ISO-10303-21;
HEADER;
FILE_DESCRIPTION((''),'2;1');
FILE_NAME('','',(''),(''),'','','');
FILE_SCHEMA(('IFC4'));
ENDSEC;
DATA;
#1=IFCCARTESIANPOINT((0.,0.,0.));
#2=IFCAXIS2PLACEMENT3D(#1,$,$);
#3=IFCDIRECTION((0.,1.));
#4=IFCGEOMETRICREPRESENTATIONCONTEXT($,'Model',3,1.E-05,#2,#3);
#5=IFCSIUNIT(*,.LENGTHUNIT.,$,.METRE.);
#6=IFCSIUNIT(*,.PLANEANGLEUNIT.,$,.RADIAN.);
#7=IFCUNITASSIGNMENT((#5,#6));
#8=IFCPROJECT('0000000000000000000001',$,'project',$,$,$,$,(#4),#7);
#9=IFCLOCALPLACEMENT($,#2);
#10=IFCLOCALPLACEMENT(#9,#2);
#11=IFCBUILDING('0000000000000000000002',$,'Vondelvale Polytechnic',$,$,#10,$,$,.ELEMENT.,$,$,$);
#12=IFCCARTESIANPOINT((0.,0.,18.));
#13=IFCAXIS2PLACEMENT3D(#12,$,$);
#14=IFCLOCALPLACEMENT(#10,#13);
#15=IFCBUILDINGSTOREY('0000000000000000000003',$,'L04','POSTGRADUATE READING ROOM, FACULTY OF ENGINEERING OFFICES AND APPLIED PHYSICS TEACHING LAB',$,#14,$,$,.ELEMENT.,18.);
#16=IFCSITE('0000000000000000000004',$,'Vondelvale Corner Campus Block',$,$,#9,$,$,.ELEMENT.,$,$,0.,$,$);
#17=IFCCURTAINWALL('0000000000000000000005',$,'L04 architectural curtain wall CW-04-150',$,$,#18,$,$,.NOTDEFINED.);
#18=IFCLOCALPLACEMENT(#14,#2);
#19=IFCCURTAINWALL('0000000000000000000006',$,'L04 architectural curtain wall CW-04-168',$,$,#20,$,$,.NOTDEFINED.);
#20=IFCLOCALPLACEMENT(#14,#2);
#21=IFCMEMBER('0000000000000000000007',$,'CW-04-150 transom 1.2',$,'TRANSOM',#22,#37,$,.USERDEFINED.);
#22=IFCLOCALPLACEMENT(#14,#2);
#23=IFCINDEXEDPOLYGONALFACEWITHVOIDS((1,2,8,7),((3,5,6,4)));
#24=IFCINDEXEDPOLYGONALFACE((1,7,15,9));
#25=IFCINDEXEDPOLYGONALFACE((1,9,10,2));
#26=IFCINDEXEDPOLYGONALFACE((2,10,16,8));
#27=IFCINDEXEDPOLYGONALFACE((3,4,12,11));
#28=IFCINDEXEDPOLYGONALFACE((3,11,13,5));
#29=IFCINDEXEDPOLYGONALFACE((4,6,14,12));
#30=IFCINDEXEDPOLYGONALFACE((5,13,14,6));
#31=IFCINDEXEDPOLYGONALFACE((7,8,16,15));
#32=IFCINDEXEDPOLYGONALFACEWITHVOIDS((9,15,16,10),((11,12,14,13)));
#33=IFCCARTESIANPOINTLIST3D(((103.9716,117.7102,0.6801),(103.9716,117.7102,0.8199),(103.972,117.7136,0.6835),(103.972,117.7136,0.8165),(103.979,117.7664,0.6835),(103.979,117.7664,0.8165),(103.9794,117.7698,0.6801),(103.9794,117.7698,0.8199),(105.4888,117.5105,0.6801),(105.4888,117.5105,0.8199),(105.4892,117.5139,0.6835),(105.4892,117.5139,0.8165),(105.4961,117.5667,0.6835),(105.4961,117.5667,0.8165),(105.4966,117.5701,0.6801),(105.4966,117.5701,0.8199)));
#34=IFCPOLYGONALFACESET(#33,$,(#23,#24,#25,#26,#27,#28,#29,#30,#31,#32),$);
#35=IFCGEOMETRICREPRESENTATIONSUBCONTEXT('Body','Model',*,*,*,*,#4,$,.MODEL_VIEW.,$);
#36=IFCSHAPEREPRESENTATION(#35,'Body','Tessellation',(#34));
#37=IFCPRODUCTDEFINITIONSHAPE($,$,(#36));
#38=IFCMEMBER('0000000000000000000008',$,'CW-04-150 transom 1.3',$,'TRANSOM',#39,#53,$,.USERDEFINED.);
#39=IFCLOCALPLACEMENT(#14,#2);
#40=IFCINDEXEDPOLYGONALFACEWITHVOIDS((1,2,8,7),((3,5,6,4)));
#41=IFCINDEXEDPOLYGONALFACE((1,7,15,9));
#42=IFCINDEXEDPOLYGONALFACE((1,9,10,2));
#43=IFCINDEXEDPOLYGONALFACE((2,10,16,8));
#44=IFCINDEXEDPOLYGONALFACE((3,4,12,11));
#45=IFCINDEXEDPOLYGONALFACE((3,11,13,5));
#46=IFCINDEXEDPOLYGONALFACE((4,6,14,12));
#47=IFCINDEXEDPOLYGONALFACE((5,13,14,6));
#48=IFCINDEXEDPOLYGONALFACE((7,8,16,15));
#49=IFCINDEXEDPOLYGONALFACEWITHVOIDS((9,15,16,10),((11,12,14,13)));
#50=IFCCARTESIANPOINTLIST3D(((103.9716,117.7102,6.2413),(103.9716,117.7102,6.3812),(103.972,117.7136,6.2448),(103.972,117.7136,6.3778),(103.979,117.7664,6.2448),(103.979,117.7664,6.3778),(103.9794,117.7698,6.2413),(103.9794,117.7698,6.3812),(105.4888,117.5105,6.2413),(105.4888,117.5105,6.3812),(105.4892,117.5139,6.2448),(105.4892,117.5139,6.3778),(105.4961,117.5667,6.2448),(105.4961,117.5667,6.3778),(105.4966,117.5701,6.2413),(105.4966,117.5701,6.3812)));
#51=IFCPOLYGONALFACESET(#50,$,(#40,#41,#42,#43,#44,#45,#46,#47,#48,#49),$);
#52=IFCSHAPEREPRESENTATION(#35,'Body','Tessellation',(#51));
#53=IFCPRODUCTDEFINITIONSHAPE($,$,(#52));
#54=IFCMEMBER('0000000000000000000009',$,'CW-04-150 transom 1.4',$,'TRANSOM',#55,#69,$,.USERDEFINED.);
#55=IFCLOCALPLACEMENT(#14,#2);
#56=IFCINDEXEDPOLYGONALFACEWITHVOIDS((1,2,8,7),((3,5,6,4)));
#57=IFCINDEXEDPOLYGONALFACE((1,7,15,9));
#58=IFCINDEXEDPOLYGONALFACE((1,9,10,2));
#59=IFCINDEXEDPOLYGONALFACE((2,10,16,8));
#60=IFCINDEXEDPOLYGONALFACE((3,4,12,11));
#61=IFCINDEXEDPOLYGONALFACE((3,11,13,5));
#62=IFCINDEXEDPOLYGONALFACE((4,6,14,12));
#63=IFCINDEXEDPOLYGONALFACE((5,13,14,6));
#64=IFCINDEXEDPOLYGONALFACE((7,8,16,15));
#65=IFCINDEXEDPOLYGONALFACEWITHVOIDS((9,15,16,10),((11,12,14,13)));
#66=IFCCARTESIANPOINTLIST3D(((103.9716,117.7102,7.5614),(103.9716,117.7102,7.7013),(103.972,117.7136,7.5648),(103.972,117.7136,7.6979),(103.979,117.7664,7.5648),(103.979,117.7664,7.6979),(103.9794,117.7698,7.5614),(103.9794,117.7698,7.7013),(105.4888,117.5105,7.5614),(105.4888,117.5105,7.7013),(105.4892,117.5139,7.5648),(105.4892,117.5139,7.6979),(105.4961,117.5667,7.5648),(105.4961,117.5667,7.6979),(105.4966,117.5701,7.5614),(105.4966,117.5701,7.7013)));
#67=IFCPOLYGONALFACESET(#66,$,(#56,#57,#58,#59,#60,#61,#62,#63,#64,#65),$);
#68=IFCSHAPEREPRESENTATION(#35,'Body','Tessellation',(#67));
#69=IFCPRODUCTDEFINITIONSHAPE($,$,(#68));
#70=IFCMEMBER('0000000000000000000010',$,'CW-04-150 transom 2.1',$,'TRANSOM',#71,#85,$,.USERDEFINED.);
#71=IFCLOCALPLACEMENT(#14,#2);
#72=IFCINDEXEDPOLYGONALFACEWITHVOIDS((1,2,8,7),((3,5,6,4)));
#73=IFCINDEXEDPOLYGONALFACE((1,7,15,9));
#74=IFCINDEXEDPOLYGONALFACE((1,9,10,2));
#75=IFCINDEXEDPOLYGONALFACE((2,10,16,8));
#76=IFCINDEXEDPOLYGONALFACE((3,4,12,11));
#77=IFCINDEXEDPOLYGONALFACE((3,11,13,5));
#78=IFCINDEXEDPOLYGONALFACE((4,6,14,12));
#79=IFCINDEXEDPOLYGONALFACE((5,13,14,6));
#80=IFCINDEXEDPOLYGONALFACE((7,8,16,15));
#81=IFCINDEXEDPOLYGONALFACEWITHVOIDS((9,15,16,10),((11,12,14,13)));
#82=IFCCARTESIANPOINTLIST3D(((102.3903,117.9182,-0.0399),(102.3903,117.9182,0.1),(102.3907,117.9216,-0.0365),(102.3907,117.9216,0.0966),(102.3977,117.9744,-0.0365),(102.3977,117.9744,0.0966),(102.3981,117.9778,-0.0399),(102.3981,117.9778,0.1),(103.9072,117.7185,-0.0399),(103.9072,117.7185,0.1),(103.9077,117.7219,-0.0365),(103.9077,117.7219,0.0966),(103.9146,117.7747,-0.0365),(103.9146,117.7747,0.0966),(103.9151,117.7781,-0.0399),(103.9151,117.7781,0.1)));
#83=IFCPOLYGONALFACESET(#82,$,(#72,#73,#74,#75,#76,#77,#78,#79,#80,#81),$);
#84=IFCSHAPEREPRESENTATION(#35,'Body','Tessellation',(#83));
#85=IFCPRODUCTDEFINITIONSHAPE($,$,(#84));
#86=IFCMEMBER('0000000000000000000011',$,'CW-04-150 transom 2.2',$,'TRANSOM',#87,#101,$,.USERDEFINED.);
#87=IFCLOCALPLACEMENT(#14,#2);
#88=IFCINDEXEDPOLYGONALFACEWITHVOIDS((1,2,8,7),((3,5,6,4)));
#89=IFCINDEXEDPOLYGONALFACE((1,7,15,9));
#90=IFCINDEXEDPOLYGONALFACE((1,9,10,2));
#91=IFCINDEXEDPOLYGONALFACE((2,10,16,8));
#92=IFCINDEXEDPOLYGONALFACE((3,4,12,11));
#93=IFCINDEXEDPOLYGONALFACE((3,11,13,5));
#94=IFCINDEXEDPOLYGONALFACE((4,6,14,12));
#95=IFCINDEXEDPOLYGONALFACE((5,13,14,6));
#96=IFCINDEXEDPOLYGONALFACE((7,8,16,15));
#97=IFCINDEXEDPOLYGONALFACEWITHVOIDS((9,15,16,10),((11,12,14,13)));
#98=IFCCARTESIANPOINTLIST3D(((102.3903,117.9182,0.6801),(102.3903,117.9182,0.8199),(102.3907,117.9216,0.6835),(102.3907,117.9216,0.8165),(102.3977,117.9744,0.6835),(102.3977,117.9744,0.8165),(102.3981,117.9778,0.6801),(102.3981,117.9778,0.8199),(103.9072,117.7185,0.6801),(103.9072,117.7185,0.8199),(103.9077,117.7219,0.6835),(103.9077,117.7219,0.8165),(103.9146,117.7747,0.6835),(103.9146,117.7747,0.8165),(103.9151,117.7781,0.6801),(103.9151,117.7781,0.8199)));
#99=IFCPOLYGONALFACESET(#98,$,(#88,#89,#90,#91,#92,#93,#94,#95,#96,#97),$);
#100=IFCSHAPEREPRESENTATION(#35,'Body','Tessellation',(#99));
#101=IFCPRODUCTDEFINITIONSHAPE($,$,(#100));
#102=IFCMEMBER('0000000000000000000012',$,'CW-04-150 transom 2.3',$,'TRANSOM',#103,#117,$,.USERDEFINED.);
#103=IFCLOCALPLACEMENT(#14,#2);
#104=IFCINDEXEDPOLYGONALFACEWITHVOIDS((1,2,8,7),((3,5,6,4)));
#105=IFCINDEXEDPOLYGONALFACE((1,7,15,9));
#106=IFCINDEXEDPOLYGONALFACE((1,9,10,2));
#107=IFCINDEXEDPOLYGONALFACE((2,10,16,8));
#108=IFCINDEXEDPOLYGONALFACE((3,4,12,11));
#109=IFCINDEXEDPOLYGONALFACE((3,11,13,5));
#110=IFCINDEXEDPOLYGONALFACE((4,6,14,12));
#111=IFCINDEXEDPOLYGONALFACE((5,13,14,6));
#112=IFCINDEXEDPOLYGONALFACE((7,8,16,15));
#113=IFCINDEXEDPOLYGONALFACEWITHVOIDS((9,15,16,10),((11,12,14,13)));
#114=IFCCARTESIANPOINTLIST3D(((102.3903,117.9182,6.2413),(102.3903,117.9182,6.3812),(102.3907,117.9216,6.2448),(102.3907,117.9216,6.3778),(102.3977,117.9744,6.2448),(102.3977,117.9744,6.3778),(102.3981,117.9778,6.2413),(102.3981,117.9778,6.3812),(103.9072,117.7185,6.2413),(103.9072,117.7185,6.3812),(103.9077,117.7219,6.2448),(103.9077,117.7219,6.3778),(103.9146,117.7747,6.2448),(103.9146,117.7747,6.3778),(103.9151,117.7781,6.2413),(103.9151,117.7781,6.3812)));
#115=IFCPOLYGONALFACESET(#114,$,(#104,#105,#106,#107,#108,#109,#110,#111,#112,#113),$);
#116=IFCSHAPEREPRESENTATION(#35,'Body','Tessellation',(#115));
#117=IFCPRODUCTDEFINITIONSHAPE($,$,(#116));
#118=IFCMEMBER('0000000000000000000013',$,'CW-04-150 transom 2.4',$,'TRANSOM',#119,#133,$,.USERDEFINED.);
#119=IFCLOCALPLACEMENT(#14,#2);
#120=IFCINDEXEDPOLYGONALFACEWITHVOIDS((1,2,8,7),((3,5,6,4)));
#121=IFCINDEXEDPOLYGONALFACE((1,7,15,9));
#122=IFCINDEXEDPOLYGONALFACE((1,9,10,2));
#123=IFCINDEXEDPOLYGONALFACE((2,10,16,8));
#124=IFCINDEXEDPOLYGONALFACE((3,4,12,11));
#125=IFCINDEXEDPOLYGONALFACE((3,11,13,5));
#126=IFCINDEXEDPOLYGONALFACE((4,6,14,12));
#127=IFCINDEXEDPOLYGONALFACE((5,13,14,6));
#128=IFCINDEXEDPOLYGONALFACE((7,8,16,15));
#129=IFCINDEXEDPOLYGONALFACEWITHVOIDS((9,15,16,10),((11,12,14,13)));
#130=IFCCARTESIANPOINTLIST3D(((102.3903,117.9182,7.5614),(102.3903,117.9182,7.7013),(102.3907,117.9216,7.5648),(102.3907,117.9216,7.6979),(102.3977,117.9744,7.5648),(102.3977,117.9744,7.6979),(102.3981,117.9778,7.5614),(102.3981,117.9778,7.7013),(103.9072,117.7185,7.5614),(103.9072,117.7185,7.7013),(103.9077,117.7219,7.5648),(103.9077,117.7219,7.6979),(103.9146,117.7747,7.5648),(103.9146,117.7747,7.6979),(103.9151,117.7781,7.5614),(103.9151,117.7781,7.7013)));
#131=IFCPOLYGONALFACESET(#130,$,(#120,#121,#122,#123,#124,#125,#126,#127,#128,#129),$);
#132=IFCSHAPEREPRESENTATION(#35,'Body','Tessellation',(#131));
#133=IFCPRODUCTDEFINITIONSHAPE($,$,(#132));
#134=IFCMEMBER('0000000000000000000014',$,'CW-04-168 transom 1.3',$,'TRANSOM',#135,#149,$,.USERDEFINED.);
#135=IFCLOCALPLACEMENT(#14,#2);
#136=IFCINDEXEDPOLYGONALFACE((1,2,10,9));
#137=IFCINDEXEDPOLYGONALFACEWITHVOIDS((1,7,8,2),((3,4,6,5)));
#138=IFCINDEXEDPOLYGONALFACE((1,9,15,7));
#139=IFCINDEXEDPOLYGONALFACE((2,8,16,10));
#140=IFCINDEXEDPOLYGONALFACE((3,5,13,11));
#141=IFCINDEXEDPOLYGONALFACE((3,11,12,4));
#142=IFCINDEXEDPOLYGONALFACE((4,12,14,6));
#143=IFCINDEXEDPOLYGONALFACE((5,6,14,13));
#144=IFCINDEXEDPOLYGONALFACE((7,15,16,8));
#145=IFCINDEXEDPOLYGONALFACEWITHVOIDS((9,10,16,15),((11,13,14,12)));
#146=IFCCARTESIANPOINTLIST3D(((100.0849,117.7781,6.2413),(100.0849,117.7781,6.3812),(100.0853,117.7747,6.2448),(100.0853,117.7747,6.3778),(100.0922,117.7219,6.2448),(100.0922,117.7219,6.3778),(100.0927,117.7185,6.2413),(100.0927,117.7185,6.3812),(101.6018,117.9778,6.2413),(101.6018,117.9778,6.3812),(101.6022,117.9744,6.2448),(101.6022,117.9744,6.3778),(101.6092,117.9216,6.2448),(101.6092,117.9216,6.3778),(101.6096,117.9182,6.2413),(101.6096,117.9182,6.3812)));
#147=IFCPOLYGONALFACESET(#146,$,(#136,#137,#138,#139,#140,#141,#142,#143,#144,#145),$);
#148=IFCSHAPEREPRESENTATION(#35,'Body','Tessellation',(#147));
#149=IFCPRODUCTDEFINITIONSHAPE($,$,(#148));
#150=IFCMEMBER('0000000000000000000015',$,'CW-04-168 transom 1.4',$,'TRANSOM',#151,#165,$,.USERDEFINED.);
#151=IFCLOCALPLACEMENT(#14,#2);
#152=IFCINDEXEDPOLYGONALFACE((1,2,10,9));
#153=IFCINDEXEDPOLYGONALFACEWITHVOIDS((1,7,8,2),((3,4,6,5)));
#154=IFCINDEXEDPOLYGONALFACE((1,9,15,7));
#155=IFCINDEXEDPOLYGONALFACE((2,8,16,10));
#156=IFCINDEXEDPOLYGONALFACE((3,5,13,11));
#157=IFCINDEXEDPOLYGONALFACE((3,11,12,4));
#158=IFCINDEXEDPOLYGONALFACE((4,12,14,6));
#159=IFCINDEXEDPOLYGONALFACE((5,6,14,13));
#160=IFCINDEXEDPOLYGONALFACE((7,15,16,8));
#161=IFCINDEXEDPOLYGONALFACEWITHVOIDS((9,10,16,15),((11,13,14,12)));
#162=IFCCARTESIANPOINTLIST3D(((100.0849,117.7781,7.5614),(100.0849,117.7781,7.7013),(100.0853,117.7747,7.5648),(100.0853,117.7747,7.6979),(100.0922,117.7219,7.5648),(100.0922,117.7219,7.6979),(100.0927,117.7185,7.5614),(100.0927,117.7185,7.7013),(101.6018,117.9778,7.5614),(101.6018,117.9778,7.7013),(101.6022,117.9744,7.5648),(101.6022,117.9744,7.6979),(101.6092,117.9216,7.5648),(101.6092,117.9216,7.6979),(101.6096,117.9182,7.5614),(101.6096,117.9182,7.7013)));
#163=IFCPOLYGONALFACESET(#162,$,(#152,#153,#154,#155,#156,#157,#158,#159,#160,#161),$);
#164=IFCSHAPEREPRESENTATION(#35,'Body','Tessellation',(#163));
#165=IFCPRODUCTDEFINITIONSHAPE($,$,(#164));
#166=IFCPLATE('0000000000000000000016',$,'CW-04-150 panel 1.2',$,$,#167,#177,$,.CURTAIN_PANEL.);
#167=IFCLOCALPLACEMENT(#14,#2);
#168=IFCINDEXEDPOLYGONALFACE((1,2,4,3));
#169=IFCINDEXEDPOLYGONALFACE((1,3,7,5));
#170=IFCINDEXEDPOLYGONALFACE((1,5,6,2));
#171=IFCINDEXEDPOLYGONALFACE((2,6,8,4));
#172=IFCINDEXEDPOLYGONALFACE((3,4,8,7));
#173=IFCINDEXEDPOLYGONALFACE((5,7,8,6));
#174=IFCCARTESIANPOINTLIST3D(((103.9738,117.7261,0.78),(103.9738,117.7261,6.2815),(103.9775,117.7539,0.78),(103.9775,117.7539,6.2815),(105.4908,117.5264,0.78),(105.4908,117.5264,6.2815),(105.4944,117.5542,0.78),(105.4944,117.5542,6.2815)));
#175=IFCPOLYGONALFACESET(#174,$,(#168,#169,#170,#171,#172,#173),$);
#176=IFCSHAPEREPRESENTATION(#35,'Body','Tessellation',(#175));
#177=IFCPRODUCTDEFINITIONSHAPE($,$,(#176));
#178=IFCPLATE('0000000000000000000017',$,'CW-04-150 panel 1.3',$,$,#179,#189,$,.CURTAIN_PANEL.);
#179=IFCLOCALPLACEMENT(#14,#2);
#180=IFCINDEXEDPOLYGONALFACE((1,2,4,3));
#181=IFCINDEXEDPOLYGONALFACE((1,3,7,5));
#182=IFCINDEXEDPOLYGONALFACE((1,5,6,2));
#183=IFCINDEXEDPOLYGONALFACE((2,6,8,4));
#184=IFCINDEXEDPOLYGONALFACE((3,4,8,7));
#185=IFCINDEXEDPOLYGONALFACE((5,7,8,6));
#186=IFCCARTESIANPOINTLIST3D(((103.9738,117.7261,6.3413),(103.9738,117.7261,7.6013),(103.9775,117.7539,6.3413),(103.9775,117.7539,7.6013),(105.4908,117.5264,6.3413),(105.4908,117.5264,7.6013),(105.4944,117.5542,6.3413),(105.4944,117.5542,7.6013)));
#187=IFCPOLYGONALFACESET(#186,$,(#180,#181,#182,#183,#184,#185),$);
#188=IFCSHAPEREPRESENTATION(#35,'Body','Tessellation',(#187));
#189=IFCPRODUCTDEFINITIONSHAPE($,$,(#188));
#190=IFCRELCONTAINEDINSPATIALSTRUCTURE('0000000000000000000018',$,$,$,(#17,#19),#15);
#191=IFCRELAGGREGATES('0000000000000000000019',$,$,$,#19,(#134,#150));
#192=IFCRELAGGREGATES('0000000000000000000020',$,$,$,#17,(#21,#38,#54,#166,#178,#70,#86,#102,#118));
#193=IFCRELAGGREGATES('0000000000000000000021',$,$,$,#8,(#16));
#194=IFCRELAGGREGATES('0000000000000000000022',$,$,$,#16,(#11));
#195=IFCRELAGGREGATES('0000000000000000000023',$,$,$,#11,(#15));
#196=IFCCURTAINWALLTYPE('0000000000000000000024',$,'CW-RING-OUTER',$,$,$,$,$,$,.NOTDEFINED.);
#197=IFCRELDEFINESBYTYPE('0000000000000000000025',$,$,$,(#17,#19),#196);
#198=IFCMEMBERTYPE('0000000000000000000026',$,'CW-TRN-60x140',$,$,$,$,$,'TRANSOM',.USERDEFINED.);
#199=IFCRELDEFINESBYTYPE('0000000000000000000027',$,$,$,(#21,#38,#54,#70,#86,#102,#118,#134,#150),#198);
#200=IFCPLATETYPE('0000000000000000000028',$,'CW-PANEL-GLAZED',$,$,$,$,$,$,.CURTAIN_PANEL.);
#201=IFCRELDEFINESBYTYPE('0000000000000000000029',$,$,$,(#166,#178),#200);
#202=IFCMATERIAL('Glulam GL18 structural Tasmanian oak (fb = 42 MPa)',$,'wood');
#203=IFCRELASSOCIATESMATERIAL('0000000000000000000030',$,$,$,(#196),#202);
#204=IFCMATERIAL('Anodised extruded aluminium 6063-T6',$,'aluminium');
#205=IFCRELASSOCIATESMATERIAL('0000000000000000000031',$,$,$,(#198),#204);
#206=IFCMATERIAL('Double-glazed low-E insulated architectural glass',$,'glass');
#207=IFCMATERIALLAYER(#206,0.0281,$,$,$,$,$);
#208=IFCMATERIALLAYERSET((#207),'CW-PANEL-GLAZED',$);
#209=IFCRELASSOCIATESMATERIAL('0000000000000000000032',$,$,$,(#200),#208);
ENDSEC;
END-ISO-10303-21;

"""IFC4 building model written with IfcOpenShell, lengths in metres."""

from ifc_helpers import new_model, si_unit, direction, frame, origin, origin_2d, place, context, subcontext, project, spatial, rectangle, hollow_rectangle, extrude, material, layer, layer_set, material_profile, profile_set, type_object, element, aggregate, save


model = new_model("IFC4")

# Units and contexts
model_context = context("Model", 3, precision=1e-05, world=origin(), true_north=direction((0.0, 1.0)))
body_context = subcontext(model_context, "Body", "Model", "MODEL_VIEW")
ifc_project = project(units=[si_unit("LENGTHUNIT", "METRE"), si_unit("PLANEANGLEUNIT", "RADIAN")], contexts=[model_context])

# Site, building, storey
site_placement = place(None, origin())
site = spatial("IfcSite", under=ifc_project, at=site_placement, Name="Vondelvale Corner Campus Block", CompositionType="ELEMENT", RefElevation=0.0)
building_placement = place(site_placement, origin())
building = spatial("IfcBuilding", under=site, at=building_placement, Name="Vondelvale Polytechnic", CompositionType="ELEMENT")
storey_placement = place(building_placement, frame((0.0, 0.0, 18.0)))
storey = spatial("IfcBuildingStorey", under=building, at=storey_placement, Name="L04", Description="POSTGRADUATE READING ROOM, FACULTY OF ENGINEERING OFFICES AND APPLIED PHYSICS TEACHING LAB", CompositionType="ELEMENT", Elevation=18.0)

# Shared definitions
ifc_material_1 = material(Name="Glulam GL18 structural Tasmanian oak (fb = 42 MPa)", Category="wood")

# Shared definitions
curtain_wall_type = type_object("IfcCurtainWallType", Name="CW-RING-OUTER", PredefinedType="NOTDEFINED", material=ifc_material_1)
ifc_material_2 = material(Name="Anodised extruded aluminium 6063-T6", Category="aluminium")

# Curtain wall
curtain_wall_1_placement = place(storey_placement, origin())
curtain_wall_1 = element("IfcCurtainWall", 1, at=curtain_wall_1_placement, inside=storey, type_object=curtain_wall_type, Name="L04 architectural curtain wall CW-04-150", PredefinedType="NOTDEFINED")

# Curtain wall
curtain_wall_2_placement = place(storey_placement, origin())
curtain_wall_2 = element("IfcCurtainWall", 2, at=curtain_wall_2_placement, inside=storey, type_object=curtain_wall_type, Name="L04 architectural curtain wall CW-04-168", PredefinedType="NOTDEFINED")

# Members
ifc_material_profile_1 = material_profile(ifc_material_2, hollow_rectangle(XDim=0.0601, YDim=0.1399, WallThickness=0.0034, at=origin_2d()), Name="CW-TRN-140x60")
ifc_profile_set_1 = profile_set([ifc_material_profile_1], Name="Anodised extruded aluminium 6063-T6")
member_type_1 = type_object("IfcMemberType", Name="CW-TRN-60x140", ElementType="TRANSOM", PredefinedType="USERDEFINED", material=ifc_profile_set_1)
member_1_placement = place(storey_placement, frame((105.4927, 117.5403, 0.75), z_axis=(-0.991447, 0.130512, 0.0), x_axis=(-0.130512, -0.991447, 0.0)))
member_1 = element("IfcMember", 3, at=member_1_placement, type_object=member_type_1, Name="CW-04-150 transom 1.2", ObjectType="TRANSOM", PredefinedType="USERDEFINED", context=body_context, shape_type="SweptSolid", body=[
    extrude(hollow_rectangle(XDim=0.0601, YDim=0.1399, WallThickness=0.0034, at=origin_2d()), origin(), (0.0, 0.0, 1.0), 1.5303),
])
member_2_placement = place(storey_placement, frame((105.4927, 117.5403, 6.3113), z_axis=(-0.991447, 0.130512, 0.0), x_axis=(-0.130512, -0.991447, 0.0)))
member_2 = element("IfcMember", 4, at=member_2_placement, type_object=member_type_1, Name="CW-04-150 transom 1.3", ObjectType="TRANSOM", PredefinedType="USERDEFINED", context=body_context, shape_type="SweptSolid", body=[
    extrude(hollow_rectangle(XDim=0.0601, YDim=0.1399, WallThickness=0.0034, at=origin_2d()), origin(), (0.0, 0.0, 1.0), 1.5303),
])
member_3_placement = place(storey_placement, frame((105.4927, 117.5403, 7.6313), z_axis=(-0.991447, 0.130512, 0.0), x_axis=(-0.130512, -0.991447, 0.0)))
member_3 = element("IfcMember", 5, at=member_3_placement, type_object=member_type_1, Name="CW-04-150 transom 1.4", ObjectType="TRANSOM", PredefinedType="USERDEFINED", context=body_context, shape_type="SweptSolid", body=[
    extrude(hollow_rectangle(XDim=0.0601, YDim=0.1399, WallThickness=0.0034, at=origin_2d()), origin(), (0.0, 0.0, 1.0), 1.5303),
])
member_4_placement = place(storey_placement, frame((103.9111, 117.7483, 0.03), z_axis=(-0.991444, 0.130533, 0.0), x_axis=(-0.130533, -0.991444, 0.0)))
member_4 = element("IfcMember", 6, at=member_4_placement, type_object=member_type_1, Name="CW-04-150 transom 2.1", ObjectType="TRANSOM", PredefinedType="USERDEFINED", context=body_context, shape_type="SweptSolid", body=[
    extrude(hollow_rectangle(XDim=0.0601, YDim=0.1399, WallThickness=0.0034, at=origin_2d()), origin(), (0.0, 0.0, 1.0), 1.53),
])
member_5_placement = place(storey_placement, frame((103.9111, 117.7483, 0.75), z_axis=(-0.991444, 0.130533, 0.0), x_axis=(-0.130533, -0.991444, 0.0)))
member_5 = element("IfcMember", 7, at=member_5_placement, type_object=member_type_1, Name="CW-04-150 transom 2.2", ObjectType="TRANSOM", PredefinedType="USERDEFINED", context=body_context, shape_type="SweptSolid", body=[
    extrude(hollow_rectangle(XDim=0.0601, YDim=0.1399, WallThickness=0.0034, at=origin_2d()), origin(), (0.0, 0.0, 1.0), 1.53),
])
member_6_placement = place(storey_placement, frame((103.9111, 117.7483, 6.3113), z_axis=(-0.991444, 0.130533, 0.0), x_axis=(-0.130533, -0.991444, 0.0)))
member_6 = element("IfcMember", 8, at=member_6_placement, type_object=member_type_1, Name="CW-04-150 transom 2.3", ObjectType="TRANSOM", PredefinedType="USERDEFINED", context=body_context, shape_type="SweptSolid", body=[
    extrude(hollow_rectangle(XDim=0.0601, YDim=0.1399, WallThickness=0.0034, at=origin_2d()), origin(), (0.0, 0.0, 1.0), 1.53),
])
member_7_placement = place(storey_placement, frame((103.9111, 117.7483, 7.6313), z_axis=(-0.991444, 0.130533, 0.0), x_axis=(-0.130533, -0.991444, 0.0)))
member_7 = element("IfcMember", 9, at=member_7_placement, type_object=member_type_1, Name="CW-04-150 transom 2.4", ObjectType="TRANSOM", PredefinedType="USERDEFINED", context=body_context, shape_type="SweptSolid", body=[
    extrude(hollow_rectangle(XDim=0.0601, YDim=0.1399, WallThickness=0.0034, at=origin_2d()), origin(), (0.0, 0.0, 1.0), 1.53),
])
member_8_placement = place(storey_placement, frame((101.6057, 117.948, 6.3113), z_axis=(-0.991444, -0.130533, 0.0), x_axis=(0.130533, -0.991444, 0.0)))
member_8 = element("IfcMember", 10, at=member_8_placement, type_object=member_type_1, Name="CW-04-168 transom 1.3", ObjectType="TRANSOM", PredefinedType="USERDEFINED", context=body_context, shape_type="SweptSolid", body=[
    extrude(hollow_rectangle(XDim=0.0601, YDim=0.1399, WallThickness=0.0034, at=origin_2d()), origin(), (0.0, 0.0, 1.0), 1.53),
])
member_9_placement = place(storey_placement, frame((101.6057, 117.948, 7.6313), z_axis=(-0.991444, -0.130533, 0.0), x_axis=(0.130533, -0.991444, 0.0)))
member_9 = element("IfcMember", 11, at=member_9_placement, type_object=member_type_1, Name="CW-04-168 transom 1.4", ObjectType="TRANSOM", PredefinedType="USERDEFINED", context=body_context, shape_type="SweptSolid", body=[
    extrude(hollow_rectangle(XDim=0.0601, YDim=0.1399, WallThickness=0.0034, at=origin_2d()), origin(), (0.0, 0.0, 1.0), 1.53),
])
aggregate(curtain_wall_2, [member_8, member_9])

# Plates
ifc_material_3 = material(Name="Double-glazed low-E insulated architectural glass", Category="glass")
ifc_layer_1 = layer(ifc_material_3, 0.0281)
ifc_layer_set_1 = layer_set([ifc_layer_1], Name="CW-PANEL-GLAZED")
plate_type_1 = type_object("IfcPlateType", Name="CW-PANEL-GLAZED", PredefinedType="CURTAIN_PANEL", material=ifc_layer_set_1)
plate_1_placement = place(storey_placement, frame((104.7341, 117.6401, 0.78), z_axis=(0.0, 0.0, 1.0), x_axis=(-0.991443, 0.13054, 0.0)))
plate_1 = element("IfcPlate", 12, at=plate_1_placement, type_object=plate_type_1, Name="CW-04-150 panel 1.2", PredefinedType="CURTAIN_PANEL", context=body_context, shape_type="SweptSolid", body=[
    extrude(rectangle(XDim=1.53, YDim=0.0281, at=origin_2d()), origin(), (0.0, 0.0, 1.0), 5.5015),
])
plate_2_placement = place(storey_placement, frame((104.7341, 117.6401, 6.3413), z_axis=(0.0, 0.0, 1.0), x_axis=(-0.991443, 0.13054, 0.0)))
plate_2 = element("IfcPlate", 13, at=plate_2_placement, type_object=plate_type_1, Name="CW-04-150 panel 1.3", PredefinedType="CURTAIN_PANEL", context=body_context, shape_type="SweptSolid", body=[
    extrude(rectangle(XDim=1.53, YDim=0.0281, at=origin_2d()), origin(), (0.0, 0.0, 1.0), 1.26),
])
aggregate(curtain_wall_1, [member_1, member_2, member_3, plate_1, plate_2, member_4, member_5, member_6, member_7])

save(model, "model.ifc")
